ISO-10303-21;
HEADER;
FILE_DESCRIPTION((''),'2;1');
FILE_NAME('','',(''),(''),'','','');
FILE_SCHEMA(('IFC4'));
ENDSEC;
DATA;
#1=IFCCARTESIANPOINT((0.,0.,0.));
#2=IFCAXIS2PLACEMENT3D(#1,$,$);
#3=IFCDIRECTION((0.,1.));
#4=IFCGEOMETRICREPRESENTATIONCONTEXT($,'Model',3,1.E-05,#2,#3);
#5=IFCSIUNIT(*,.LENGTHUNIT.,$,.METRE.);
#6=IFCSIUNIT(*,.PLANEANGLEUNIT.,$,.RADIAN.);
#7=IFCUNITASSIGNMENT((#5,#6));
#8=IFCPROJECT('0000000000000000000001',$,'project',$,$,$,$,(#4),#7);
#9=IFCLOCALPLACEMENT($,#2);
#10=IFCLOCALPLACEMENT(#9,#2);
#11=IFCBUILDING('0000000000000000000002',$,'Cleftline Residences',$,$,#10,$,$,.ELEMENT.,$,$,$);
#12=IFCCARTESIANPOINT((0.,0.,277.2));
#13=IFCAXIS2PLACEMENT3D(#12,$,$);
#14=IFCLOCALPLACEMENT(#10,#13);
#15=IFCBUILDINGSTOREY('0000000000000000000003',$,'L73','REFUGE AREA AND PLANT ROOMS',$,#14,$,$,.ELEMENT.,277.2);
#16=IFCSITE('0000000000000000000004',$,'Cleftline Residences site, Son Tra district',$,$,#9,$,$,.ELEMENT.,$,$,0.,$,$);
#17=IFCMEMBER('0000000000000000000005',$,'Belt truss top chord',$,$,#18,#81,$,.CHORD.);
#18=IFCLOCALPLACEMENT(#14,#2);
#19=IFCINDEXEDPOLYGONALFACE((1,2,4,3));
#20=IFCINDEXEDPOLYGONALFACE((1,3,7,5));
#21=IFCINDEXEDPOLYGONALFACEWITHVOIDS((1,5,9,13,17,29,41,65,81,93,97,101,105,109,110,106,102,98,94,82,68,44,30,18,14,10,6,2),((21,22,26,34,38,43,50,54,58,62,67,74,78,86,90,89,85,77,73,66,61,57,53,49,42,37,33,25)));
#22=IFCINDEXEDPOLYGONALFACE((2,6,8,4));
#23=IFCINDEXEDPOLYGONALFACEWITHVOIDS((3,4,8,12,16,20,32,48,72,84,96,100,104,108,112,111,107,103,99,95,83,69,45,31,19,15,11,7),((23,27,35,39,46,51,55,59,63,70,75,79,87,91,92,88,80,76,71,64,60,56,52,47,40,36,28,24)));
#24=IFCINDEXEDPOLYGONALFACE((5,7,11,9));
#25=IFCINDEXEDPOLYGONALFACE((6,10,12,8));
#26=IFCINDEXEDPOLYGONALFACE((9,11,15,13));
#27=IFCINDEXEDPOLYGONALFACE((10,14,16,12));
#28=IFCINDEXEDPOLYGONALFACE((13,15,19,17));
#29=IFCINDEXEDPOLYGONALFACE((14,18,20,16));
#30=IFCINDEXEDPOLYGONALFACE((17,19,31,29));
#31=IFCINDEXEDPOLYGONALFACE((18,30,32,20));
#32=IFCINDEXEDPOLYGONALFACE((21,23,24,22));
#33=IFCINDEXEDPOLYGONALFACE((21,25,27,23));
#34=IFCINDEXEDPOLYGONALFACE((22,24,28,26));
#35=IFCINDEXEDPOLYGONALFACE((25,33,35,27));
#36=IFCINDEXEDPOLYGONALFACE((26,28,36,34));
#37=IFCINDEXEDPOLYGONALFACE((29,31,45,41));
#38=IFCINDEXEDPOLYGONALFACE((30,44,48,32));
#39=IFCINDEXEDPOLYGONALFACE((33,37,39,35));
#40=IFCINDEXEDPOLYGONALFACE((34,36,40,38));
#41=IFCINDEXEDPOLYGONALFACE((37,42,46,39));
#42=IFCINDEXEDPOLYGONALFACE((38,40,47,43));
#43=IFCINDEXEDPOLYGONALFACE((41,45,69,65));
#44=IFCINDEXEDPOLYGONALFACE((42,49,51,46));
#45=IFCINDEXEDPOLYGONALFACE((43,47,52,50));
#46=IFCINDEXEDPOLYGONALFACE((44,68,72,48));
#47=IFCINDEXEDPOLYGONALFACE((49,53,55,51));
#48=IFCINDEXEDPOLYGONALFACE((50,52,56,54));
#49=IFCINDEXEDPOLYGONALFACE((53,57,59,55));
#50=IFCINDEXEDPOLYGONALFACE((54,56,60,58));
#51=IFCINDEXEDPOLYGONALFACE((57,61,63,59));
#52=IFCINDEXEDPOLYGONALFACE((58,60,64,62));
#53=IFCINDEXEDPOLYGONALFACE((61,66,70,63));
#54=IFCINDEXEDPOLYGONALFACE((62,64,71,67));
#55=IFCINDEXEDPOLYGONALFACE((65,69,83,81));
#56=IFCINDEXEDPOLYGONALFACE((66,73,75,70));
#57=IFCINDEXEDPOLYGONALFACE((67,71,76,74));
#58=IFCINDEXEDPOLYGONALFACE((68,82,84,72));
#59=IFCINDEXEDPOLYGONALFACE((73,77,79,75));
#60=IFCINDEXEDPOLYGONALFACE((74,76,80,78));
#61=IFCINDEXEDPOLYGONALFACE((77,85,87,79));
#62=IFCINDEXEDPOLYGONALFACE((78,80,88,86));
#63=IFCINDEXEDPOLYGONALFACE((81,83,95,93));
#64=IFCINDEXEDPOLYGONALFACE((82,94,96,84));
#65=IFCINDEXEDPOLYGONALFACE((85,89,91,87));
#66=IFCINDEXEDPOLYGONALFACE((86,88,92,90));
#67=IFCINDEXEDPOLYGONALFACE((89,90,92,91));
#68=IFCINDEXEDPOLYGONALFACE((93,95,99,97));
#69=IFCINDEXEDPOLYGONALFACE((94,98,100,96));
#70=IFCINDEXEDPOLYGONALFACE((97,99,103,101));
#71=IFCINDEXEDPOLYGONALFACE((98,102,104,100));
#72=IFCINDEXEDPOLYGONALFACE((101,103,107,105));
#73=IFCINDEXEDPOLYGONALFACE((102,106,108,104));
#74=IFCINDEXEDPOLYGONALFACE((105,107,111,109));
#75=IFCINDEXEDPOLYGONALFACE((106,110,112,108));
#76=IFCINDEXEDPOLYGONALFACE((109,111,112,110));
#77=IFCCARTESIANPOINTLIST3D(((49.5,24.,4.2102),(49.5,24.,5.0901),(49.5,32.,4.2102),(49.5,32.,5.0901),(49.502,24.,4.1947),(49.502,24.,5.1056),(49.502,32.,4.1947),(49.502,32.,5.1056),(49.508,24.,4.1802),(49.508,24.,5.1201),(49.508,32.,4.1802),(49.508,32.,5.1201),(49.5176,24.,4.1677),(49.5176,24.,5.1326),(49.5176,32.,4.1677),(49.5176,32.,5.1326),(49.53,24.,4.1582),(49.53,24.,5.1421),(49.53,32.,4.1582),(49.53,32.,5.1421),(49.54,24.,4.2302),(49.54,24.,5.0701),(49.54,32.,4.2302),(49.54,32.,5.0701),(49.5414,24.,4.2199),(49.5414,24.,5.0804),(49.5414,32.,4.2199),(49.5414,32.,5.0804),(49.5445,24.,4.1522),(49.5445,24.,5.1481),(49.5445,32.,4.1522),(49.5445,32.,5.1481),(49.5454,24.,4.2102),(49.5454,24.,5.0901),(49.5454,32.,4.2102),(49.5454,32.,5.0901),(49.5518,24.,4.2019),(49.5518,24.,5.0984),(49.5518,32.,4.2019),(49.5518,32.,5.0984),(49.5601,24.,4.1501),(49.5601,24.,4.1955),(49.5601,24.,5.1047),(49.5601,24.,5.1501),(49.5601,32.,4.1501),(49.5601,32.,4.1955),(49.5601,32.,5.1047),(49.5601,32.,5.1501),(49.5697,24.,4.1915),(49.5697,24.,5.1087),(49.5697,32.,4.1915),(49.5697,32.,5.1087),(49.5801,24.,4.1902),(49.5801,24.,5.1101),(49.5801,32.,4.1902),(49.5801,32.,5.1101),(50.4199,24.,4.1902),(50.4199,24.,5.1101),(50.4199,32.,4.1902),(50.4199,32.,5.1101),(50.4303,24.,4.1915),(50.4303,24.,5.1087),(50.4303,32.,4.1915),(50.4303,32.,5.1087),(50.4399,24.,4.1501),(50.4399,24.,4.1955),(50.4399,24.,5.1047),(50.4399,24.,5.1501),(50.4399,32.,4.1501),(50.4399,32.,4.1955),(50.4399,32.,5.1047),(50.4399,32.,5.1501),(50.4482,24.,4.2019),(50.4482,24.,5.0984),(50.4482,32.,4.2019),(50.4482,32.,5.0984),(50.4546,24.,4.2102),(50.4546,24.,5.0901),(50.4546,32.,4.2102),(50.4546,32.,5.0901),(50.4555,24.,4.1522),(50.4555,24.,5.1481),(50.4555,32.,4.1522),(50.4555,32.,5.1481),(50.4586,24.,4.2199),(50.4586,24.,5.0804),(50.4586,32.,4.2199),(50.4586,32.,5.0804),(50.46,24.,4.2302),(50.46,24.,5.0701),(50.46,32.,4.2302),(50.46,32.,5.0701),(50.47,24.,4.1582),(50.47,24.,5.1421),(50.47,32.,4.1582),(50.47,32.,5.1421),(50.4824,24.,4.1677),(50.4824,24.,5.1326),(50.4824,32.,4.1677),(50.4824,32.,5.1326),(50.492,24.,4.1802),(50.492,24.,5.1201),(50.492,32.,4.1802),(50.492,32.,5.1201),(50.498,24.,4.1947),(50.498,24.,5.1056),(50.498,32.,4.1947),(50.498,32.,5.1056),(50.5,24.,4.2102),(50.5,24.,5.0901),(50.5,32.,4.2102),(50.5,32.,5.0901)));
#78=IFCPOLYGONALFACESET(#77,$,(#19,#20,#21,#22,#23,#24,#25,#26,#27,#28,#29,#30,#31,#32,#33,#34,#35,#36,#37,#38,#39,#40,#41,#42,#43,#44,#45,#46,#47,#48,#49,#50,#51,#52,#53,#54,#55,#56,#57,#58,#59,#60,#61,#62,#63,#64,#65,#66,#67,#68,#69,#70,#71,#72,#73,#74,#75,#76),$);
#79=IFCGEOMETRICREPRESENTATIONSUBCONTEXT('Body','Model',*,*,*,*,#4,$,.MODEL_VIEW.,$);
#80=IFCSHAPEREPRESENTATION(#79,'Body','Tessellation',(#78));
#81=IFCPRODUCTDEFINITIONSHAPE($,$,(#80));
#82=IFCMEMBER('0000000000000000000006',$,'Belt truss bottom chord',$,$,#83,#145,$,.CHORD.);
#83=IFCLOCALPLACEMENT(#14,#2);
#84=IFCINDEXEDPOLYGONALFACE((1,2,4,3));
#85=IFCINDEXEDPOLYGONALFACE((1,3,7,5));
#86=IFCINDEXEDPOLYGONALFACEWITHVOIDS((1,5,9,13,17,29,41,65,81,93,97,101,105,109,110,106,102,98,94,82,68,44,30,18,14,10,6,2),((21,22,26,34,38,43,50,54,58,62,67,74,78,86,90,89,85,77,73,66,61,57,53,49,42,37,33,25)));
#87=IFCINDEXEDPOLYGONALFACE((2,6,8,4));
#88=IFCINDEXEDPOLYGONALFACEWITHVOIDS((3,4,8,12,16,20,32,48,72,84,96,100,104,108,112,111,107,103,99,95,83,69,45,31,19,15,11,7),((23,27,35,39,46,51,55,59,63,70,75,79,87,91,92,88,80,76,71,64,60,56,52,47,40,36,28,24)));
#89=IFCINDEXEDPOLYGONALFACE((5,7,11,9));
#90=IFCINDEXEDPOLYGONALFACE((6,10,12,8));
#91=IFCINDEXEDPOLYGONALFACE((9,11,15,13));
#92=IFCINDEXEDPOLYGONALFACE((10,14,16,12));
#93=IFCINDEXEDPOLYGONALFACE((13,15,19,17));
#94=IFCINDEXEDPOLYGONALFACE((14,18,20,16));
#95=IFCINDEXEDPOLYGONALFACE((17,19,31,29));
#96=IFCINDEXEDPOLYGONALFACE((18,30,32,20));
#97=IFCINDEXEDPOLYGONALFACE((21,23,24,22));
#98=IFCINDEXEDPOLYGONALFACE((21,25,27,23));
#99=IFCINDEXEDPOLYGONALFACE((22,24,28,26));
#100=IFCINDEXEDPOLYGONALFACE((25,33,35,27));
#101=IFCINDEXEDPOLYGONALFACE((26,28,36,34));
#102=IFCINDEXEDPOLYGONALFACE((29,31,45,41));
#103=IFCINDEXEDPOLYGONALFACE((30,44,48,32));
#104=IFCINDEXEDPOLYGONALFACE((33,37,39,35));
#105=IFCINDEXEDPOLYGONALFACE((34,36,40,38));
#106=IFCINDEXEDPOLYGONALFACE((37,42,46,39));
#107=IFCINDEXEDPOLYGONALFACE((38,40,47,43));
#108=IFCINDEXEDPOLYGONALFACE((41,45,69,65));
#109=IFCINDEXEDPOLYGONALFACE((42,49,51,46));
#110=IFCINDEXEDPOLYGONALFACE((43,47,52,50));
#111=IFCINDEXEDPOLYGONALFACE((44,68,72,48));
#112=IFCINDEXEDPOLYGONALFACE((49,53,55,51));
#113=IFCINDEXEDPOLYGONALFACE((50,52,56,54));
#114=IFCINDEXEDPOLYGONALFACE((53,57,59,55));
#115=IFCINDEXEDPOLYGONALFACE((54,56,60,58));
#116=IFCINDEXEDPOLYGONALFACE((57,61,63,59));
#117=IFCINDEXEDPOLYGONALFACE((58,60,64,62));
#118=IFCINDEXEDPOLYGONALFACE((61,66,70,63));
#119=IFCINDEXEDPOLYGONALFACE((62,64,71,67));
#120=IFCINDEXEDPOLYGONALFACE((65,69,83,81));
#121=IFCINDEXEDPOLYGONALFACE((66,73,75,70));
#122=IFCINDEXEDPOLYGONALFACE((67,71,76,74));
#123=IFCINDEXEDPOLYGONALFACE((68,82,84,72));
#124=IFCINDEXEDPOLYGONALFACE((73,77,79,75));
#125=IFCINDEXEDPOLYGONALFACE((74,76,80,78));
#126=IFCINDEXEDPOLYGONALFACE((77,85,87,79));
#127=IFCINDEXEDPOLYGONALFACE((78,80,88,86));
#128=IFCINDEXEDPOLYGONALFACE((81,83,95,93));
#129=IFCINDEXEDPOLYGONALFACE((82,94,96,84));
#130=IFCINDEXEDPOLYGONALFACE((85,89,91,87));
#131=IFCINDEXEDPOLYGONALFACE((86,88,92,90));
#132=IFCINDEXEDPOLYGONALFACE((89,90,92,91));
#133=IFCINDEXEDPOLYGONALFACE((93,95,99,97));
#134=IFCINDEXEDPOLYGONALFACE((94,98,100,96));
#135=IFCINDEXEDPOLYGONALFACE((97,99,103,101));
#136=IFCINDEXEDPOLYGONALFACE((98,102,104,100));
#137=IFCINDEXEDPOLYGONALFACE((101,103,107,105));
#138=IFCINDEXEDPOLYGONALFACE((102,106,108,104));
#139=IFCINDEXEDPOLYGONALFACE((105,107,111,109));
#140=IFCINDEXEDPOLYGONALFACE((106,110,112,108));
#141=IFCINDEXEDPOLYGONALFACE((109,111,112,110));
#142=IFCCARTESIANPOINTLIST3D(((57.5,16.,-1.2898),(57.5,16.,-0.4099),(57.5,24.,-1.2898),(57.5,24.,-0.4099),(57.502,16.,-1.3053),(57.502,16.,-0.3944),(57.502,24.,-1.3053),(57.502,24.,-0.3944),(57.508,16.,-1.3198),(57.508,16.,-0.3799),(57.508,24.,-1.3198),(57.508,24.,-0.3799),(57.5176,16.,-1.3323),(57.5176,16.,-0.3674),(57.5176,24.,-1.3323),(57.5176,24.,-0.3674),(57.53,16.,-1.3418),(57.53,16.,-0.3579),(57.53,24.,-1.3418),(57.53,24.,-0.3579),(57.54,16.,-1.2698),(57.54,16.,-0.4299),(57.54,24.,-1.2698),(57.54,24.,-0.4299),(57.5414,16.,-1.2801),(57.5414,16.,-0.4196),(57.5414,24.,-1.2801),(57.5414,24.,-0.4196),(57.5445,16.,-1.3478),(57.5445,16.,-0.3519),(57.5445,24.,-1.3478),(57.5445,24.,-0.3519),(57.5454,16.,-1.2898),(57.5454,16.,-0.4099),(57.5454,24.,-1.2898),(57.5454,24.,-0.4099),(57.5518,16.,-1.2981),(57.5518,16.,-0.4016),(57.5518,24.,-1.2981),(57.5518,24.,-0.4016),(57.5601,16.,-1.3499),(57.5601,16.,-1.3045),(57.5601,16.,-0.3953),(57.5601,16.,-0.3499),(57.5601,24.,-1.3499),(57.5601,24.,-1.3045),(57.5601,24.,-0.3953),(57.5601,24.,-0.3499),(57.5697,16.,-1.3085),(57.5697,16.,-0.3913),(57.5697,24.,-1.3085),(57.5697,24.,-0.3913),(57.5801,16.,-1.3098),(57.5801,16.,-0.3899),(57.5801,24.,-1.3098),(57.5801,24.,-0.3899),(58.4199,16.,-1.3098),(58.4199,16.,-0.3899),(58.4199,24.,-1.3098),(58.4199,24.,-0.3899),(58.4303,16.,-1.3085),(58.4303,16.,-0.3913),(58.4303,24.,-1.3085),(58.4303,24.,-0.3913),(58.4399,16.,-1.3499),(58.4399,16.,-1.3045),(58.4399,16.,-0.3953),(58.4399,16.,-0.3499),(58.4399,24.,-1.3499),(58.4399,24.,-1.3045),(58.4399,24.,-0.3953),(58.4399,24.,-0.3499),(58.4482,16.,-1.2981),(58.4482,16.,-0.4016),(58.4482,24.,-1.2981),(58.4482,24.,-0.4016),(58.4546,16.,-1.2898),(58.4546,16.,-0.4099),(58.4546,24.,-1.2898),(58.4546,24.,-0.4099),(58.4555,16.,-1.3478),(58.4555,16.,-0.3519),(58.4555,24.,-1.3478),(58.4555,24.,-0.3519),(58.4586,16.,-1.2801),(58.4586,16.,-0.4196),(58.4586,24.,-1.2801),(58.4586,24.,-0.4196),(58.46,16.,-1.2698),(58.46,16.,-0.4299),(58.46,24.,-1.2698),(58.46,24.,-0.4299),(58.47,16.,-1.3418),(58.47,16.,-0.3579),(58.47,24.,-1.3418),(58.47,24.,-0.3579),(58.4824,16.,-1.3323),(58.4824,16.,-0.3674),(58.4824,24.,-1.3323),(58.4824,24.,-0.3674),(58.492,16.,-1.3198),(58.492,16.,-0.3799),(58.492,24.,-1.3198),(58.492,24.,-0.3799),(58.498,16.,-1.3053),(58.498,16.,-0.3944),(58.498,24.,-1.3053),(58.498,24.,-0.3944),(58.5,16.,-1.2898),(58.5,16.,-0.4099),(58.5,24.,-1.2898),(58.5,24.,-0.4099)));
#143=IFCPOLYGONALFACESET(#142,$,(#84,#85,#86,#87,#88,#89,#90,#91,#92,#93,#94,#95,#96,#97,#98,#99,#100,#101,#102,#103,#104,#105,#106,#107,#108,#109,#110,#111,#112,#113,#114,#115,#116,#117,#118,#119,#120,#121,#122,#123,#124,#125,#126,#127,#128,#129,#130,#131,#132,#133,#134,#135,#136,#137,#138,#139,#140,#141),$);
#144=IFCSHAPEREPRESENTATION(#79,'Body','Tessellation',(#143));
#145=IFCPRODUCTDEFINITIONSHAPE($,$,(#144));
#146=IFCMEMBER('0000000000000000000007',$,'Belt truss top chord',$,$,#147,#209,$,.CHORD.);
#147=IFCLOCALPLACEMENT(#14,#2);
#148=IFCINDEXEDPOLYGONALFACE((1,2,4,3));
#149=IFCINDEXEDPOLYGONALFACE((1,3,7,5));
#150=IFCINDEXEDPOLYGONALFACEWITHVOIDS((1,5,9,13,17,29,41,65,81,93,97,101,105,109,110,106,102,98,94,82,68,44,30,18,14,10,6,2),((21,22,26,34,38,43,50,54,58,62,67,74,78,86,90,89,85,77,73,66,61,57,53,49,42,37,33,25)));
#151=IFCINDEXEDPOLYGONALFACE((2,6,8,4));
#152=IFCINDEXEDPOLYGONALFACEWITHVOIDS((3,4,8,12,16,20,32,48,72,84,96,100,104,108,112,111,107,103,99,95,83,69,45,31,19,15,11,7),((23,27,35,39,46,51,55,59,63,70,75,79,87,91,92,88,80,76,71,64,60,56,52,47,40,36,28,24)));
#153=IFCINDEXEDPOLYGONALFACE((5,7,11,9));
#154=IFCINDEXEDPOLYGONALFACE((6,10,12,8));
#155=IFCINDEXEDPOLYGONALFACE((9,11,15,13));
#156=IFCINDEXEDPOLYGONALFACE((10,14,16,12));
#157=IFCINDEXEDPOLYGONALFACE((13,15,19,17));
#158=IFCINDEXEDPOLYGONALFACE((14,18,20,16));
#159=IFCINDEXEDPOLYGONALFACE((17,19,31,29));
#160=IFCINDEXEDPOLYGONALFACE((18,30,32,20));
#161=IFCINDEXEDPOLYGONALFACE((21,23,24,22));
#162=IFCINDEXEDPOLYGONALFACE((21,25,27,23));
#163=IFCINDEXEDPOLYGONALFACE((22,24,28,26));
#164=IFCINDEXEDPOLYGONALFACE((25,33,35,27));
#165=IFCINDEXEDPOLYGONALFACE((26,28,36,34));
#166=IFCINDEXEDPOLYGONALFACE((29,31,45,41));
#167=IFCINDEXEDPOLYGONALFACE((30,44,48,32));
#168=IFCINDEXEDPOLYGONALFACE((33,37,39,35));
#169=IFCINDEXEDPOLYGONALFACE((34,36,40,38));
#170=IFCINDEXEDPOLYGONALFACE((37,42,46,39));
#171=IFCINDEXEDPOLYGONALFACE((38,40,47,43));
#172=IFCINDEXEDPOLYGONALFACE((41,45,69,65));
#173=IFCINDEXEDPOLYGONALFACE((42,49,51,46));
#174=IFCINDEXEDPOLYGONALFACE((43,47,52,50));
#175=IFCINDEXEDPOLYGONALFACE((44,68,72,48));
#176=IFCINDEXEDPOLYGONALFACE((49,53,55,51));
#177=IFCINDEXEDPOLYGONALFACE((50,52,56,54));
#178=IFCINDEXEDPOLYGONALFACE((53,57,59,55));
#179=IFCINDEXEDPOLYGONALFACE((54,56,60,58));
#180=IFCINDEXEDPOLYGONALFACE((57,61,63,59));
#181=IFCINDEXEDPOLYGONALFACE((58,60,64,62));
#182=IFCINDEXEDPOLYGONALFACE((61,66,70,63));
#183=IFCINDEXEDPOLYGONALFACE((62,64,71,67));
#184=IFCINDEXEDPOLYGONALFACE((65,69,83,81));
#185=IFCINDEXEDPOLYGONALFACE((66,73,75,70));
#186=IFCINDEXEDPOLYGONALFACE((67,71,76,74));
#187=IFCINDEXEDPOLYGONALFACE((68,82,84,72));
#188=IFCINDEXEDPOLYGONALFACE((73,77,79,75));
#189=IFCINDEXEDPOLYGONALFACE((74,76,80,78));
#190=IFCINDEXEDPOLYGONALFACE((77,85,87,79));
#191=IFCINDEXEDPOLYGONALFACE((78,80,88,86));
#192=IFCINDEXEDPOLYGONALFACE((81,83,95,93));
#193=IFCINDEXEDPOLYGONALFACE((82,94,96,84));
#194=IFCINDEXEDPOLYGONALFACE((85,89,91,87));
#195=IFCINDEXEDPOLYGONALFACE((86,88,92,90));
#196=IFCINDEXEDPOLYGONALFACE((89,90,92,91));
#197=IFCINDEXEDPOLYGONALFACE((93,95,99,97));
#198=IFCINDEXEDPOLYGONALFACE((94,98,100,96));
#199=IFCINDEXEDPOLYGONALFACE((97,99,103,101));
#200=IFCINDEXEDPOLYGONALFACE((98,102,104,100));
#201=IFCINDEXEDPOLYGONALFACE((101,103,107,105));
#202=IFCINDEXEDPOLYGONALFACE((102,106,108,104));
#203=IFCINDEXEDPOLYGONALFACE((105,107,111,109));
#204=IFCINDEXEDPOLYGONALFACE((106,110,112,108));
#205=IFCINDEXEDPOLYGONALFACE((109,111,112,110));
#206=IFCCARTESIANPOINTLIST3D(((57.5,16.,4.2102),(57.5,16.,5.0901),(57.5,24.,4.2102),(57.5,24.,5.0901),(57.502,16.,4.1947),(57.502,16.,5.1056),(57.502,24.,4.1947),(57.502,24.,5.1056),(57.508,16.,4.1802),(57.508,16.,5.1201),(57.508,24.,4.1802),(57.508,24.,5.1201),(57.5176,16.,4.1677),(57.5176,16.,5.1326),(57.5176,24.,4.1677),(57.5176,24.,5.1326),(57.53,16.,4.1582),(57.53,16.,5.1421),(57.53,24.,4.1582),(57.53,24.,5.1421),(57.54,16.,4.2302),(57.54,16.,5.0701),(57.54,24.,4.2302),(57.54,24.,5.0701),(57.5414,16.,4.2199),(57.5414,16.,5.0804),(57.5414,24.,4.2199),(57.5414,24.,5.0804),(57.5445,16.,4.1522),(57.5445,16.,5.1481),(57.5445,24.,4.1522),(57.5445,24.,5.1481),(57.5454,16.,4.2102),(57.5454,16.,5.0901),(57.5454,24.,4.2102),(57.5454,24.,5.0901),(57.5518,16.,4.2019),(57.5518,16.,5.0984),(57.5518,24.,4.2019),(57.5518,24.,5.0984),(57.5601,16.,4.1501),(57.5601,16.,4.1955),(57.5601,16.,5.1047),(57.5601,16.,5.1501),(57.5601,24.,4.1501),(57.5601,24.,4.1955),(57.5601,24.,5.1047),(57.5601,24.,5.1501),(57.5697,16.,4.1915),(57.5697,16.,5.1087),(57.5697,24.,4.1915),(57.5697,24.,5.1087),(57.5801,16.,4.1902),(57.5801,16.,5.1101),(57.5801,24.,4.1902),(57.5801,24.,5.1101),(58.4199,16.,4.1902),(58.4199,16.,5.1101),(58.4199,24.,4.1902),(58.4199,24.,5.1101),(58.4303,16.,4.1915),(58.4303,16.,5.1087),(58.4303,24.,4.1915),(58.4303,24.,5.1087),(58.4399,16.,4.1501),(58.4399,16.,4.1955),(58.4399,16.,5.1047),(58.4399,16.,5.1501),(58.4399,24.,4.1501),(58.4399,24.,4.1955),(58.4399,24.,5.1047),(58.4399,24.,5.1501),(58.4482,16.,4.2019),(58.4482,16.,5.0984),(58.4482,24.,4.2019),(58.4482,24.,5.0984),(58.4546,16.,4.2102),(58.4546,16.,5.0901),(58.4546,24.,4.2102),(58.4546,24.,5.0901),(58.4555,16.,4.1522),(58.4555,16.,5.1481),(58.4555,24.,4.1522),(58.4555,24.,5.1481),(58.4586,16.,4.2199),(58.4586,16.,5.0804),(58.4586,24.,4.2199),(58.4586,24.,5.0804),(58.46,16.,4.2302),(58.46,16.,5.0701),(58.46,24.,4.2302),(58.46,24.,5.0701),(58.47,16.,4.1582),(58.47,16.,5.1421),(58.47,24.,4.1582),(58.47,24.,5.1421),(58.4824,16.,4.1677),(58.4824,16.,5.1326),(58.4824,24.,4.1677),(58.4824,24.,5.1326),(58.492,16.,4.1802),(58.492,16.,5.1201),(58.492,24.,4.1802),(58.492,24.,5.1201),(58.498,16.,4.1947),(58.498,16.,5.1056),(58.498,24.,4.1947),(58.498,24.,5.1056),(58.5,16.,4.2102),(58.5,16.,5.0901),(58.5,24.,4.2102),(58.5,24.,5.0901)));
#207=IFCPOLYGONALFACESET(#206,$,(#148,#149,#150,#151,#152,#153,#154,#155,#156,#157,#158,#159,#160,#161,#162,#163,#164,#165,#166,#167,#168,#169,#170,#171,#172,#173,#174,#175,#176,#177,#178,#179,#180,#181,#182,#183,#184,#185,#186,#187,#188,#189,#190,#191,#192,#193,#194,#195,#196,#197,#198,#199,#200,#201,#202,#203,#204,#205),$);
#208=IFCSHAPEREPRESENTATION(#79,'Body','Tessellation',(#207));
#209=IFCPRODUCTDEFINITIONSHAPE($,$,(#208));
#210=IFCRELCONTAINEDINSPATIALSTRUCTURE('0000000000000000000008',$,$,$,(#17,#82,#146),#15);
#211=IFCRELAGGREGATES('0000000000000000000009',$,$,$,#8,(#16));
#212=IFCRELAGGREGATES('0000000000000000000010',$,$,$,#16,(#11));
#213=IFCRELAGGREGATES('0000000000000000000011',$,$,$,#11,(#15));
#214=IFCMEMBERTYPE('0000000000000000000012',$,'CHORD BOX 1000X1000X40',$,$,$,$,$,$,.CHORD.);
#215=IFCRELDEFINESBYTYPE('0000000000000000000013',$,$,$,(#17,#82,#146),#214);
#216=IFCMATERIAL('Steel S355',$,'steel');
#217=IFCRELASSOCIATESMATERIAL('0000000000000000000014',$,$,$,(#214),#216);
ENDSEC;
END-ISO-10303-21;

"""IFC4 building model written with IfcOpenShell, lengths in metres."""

from ifc_helpers import new_model, si_unit, direction, frame, origin, origin_2d, place, context, subcontext, project, spatial, hollow_rectangle, extrude, material, material_profile, profile_set, type_object, element, save


model = new_model("IFC4")

# Units and contexts
model_context = context("Model", 3, precision=1e-05, world=origin(), true_north=direction((0.0, 1.0)))
body_context = subcontext(model_context, "Body", "Model", "MODEL_VIEW")
ifc_project = project(units=[si_unit("LENGTHUNIT", "METRE"), si_unit("PLANEANGLEUNIT", "RADIAN")], contexts=[model_context])

# Site, building, storey
site_placement = place(None, origin())
site = spatial("IfcSite", under=ifc_project, at=site_placement, Name="Cleftline Residences site, Son Tra district", CompositionType="ELEMENT", RefElevation=0.0)
building_placement = place(site_placement, origin())
building = spatial("IfcBuilding", under=site, at=building_placement, Name="Cleftline Residences", CompositionType="ELEMENT")
storey_placement = place(building_placement, frame((0.0, 0.0, 277.2)))
storey = spatial("IfcBuildingStorey", under=building, at=storey_placement, Name="L73", Description="REFUGE AREA AND PLANT ROOMS", CompositionType="ELEMENT", Elevation=277.2)

# Members
ifc_material_1 = material(Name="Steel S355", Category="steel")
ifc_material_profile_1 = material_profile(ifc_material_1, hollow_rectangle(XDim=1.0, YDim=1.0, WallThickness=0.04, InnerFilletRadius=0.04, OuterFilletRadius=0.0601, at=origin_2d()))
ifc_profile_set_1 = profile_set([ifc_material_profile_1], Name="Steel S355")
member_type_1 = type_object("IfcMemberType", Name="CHORD BOX 1000X1000X40", PredefinedType="CHORD", material=ifc_profile_set_1)
for number, where, z_axis, x_axis, name in (
    (1, (50.0, 24.0, 4.6501), (0.0, 1.0, 0.0), (-1.0, 0.0, 0.0), "Belt truss top chord"),
    (2, (58.0, 16.0, -0.8499), (0.0, 1.0, 0.0), (-1.0, 0.0, 0.0), "Belt truss bottom chord"),
    (3, (58.0, 16.0, 4.6501), (0.0, 1.0, 0.0), (-1.0, 0.0, 0.0), "Belt truss top chord"),
):
    element("IfcMember", number, at=place(storey_placement, frame(where, z_axis=z_axis, x_axis=x_axis)), inside=storey, type_object=member_type_1, Name=name, PredefinedType="CHORD", context=body_context, shape_type="SweptSolid", body=[
        extrude(hollow_rectangle(XDim=1.0, YDim=1.0, WallThickness=0.04, InnerFilletRadius=0.04, OuterFilletRadius=0.0601, at=origin_2d()), origin(), (0.0, 0.0, 1.0), 8.0),
    ])

save(model, "model.ifc")
